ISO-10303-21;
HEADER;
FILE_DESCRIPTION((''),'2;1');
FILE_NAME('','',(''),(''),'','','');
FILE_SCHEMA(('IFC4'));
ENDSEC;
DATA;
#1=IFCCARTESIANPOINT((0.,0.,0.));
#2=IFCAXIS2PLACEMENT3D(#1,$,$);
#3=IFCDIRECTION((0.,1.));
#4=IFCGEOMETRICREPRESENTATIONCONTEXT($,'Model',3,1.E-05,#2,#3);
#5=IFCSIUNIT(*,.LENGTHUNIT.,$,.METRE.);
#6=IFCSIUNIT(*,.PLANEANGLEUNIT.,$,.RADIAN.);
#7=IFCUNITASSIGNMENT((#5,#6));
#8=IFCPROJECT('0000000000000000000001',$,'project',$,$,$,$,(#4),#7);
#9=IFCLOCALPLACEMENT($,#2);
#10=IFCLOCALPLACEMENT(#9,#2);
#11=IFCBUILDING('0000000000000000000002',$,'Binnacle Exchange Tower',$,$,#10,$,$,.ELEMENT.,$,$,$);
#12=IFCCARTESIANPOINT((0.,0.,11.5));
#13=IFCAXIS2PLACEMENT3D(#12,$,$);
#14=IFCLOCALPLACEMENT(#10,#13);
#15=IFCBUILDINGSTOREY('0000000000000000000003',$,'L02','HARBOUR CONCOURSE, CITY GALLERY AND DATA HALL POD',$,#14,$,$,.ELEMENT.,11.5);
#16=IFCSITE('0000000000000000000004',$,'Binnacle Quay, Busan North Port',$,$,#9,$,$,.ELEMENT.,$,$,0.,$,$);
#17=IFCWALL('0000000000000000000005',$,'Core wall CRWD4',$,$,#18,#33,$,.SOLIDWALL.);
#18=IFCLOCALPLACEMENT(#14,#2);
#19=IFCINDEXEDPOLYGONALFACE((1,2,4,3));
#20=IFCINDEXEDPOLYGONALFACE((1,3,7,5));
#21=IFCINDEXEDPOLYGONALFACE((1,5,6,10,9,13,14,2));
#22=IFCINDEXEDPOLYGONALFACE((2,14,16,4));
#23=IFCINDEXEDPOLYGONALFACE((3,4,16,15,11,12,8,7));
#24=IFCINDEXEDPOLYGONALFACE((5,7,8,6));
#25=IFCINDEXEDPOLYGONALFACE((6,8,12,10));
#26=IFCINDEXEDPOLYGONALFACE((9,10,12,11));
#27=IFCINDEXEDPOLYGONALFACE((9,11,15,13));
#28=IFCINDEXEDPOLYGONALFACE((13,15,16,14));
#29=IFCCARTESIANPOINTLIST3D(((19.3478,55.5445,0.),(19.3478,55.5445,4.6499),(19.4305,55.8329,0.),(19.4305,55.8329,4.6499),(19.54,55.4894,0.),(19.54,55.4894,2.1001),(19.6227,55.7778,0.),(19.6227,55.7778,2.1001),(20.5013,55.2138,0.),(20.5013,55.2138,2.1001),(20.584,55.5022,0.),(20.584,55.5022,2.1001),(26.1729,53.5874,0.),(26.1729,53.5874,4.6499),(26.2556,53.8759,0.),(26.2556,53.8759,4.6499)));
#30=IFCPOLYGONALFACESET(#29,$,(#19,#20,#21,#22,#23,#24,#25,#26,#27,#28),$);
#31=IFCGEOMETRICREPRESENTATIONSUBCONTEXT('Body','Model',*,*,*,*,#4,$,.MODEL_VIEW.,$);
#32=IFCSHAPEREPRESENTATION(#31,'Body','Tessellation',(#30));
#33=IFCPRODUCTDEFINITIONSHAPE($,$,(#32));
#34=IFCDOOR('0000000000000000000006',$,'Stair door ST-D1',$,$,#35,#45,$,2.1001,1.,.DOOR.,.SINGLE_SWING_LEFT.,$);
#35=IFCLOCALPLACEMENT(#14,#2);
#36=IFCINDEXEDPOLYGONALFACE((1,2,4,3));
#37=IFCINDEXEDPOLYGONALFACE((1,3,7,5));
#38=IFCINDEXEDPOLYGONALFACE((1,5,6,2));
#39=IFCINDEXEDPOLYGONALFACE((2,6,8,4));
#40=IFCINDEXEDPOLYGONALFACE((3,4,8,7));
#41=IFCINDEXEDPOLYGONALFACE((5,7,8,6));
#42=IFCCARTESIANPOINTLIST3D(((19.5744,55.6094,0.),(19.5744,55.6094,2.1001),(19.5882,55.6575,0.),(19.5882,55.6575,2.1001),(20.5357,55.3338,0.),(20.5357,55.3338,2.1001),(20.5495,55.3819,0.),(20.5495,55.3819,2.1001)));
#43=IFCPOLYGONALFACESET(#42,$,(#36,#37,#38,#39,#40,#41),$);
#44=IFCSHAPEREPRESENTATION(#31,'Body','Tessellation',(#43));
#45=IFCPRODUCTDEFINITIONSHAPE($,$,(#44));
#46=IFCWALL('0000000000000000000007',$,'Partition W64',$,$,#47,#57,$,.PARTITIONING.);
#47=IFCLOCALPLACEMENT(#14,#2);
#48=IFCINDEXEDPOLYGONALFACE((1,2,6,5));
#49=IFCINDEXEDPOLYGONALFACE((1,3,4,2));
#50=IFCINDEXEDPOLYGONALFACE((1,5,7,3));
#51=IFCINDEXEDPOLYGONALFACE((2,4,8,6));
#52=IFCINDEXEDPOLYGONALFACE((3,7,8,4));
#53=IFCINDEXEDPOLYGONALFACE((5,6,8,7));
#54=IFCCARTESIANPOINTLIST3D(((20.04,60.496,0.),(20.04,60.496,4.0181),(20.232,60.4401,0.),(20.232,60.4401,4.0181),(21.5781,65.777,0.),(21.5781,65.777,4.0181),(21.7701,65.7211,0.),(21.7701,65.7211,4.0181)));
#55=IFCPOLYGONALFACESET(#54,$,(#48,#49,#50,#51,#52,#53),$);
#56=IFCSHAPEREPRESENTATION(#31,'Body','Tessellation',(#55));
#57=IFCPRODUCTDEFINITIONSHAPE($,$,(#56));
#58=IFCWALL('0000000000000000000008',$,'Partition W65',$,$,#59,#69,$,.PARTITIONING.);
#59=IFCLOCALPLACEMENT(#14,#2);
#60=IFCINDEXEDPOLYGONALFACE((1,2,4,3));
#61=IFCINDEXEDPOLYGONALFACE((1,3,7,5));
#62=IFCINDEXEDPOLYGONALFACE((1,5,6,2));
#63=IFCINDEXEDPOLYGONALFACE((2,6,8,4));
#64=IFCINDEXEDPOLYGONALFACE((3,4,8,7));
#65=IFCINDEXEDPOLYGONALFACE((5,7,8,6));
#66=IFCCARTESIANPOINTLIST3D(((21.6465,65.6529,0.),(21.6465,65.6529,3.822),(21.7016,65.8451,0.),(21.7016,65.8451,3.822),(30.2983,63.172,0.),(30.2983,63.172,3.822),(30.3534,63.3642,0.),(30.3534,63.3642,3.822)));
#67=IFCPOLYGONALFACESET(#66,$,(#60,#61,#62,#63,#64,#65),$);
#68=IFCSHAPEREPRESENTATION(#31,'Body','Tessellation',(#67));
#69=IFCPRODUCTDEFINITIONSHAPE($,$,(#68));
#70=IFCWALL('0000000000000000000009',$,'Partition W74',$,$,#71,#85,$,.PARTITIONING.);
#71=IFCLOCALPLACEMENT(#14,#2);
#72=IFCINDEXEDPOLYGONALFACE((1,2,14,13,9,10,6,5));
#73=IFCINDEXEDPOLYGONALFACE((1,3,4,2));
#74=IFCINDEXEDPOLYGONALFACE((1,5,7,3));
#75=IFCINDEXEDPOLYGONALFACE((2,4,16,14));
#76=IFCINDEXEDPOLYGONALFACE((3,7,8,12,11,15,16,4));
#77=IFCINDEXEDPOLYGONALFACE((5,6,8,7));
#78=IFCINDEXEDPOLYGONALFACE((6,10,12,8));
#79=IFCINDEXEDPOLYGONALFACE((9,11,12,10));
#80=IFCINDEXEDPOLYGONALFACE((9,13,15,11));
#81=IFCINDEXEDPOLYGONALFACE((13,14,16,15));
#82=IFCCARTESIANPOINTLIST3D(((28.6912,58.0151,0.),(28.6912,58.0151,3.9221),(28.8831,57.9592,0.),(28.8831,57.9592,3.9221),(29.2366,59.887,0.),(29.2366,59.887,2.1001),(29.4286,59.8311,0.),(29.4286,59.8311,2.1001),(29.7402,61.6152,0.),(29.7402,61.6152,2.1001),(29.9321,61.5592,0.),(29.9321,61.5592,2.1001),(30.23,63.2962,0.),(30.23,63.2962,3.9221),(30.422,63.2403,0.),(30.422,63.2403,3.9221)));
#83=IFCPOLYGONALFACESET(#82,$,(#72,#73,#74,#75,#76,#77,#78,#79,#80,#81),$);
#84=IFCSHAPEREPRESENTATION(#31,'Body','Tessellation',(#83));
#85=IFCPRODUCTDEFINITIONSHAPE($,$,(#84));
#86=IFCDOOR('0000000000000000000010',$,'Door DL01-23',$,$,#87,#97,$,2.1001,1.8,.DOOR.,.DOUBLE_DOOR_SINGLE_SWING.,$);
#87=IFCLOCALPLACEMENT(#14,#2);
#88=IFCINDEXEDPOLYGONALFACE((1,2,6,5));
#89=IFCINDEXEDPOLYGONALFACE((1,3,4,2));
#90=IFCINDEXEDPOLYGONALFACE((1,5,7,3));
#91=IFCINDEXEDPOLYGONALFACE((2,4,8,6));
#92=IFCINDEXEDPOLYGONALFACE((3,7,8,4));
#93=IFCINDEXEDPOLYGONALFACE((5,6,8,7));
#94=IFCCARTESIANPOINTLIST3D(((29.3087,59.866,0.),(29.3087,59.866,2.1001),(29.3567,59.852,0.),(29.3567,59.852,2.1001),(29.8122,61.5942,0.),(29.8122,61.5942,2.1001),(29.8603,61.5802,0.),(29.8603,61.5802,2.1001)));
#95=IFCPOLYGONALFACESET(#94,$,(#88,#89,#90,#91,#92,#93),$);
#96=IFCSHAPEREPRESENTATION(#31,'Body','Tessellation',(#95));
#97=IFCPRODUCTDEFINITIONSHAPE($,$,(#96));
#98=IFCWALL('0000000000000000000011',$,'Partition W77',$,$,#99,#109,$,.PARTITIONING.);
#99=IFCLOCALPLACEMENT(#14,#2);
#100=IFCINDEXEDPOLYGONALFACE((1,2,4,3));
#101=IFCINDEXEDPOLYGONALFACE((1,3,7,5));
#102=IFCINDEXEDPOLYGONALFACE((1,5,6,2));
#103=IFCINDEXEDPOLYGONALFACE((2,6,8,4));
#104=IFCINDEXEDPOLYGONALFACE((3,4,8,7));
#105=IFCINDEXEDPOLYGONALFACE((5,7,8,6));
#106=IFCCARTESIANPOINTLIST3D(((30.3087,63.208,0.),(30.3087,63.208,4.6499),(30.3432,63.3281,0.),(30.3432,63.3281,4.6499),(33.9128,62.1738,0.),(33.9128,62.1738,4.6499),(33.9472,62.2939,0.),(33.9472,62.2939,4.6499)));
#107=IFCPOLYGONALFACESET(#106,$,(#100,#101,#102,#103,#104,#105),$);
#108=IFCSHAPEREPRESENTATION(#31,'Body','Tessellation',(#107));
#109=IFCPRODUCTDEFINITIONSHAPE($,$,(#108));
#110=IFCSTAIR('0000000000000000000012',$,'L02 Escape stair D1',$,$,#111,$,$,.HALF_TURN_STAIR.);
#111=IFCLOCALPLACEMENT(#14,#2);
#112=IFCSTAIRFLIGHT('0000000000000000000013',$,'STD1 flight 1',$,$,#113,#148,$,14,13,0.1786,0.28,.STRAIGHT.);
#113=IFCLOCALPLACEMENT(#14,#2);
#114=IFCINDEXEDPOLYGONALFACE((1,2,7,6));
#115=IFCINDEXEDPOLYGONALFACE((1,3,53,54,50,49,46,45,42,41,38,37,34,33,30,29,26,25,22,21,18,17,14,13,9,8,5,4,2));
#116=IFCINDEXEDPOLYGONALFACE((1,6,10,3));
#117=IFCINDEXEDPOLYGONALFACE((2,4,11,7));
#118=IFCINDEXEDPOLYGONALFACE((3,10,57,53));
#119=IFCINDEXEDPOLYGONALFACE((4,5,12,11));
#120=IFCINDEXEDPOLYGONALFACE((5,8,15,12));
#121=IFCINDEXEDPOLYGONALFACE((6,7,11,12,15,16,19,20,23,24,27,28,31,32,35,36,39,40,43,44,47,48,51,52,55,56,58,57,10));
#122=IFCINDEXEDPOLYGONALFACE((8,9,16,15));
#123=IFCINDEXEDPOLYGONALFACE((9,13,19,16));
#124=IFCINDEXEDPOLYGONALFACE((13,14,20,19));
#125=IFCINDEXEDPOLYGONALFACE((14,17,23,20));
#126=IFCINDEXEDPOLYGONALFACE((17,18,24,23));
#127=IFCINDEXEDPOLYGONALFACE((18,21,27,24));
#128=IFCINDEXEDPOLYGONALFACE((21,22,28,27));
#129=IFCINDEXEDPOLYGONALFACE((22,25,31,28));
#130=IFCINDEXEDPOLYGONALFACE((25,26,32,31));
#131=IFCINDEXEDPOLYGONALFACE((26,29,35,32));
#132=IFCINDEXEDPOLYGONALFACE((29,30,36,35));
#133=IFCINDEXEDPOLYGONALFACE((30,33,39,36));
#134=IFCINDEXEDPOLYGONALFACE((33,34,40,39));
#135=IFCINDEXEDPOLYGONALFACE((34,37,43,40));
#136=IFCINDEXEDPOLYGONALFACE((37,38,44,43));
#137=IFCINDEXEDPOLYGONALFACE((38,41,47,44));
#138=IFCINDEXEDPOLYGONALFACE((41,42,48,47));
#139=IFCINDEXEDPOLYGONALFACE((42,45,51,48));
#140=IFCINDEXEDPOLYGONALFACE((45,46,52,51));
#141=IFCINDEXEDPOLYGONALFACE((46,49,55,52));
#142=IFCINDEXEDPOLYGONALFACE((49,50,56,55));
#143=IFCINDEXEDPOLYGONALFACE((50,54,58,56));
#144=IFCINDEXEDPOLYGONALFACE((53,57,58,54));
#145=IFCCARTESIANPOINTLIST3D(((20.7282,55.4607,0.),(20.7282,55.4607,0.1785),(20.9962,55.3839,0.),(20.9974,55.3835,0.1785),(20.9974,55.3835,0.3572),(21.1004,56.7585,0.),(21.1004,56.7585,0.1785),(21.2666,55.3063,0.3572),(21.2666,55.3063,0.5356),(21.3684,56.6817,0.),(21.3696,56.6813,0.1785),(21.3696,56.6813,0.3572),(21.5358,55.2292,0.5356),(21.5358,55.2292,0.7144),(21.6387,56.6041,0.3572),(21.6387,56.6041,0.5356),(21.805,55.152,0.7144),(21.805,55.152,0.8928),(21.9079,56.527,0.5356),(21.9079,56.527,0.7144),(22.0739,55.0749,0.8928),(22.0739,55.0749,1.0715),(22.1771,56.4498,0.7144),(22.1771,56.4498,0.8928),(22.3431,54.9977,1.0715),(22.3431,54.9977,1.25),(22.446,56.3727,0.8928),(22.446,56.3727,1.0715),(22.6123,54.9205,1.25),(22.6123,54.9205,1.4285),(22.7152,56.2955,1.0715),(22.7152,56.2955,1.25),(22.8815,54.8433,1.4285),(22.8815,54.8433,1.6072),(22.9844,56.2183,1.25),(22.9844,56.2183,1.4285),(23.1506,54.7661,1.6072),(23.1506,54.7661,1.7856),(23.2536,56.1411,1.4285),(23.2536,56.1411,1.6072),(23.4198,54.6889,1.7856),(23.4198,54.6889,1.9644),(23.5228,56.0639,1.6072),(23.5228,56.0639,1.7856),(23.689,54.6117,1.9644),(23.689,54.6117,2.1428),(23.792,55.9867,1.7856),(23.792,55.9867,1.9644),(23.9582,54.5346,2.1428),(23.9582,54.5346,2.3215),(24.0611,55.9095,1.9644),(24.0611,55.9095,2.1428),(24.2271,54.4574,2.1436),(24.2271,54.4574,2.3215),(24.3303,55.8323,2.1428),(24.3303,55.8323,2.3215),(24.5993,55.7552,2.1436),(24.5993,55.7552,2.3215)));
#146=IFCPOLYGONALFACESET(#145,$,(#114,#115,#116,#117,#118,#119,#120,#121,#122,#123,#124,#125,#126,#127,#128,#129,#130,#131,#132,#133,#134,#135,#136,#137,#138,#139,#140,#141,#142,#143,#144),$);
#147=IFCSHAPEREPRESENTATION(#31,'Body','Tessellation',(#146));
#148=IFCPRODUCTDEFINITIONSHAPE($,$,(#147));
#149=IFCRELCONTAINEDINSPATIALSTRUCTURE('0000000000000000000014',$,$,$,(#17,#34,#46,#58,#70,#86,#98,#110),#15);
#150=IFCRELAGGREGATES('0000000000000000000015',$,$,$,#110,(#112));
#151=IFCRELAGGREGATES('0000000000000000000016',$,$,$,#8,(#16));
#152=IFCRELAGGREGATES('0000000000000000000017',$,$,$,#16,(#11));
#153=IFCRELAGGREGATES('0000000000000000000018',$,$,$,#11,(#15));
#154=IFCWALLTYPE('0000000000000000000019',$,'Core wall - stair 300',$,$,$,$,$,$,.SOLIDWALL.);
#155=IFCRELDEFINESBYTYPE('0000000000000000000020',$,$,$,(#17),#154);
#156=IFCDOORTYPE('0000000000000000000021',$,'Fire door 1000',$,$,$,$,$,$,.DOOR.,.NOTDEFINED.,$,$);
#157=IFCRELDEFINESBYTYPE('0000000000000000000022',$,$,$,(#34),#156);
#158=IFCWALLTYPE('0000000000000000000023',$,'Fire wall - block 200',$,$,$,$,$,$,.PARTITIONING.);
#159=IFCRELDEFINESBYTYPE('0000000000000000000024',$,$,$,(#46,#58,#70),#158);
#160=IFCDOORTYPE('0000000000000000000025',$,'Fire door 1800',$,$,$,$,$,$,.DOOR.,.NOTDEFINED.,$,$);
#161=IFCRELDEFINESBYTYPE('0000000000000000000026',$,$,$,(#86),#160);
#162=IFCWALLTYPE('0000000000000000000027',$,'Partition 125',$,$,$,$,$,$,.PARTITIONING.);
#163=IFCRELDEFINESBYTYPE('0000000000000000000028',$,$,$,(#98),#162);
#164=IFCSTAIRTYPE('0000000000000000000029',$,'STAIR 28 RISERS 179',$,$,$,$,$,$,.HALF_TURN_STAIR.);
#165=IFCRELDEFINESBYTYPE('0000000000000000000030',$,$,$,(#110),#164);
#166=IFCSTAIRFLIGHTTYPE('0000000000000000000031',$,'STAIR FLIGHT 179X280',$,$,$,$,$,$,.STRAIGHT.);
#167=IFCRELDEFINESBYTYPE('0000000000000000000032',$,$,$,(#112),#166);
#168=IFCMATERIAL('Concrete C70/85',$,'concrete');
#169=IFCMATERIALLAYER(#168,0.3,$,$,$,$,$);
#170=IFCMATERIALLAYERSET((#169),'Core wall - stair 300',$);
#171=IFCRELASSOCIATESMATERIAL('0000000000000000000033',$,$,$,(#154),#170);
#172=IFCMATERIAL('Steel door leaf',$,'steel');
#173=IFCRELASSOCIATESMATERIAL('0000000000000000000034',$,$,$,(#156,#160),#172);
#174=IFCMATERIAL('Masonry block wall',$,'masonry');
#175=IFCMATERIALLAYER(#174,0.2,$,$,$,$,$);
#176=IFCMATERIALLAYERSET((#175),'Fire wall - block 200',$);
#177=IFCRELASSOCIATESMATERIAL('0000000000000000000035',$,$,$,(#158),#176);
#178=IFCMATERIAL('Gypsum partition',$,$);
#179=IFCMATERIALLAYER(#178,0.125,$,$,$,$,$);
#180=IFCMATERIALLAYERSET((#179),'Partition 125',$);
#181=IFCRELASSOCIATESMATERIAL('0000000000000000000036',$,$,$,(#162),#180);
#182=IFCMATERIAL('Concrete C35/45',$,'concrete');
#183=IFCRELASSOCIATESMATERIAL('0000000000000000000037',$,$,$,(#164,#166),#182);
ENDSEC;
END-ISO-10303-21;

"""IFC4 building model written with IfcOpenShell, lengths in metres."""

from ifc_helpers import new_model, si_unit, direction, frame, frame_2d, origin, place, context, subcontext, project, spatial, polyline, rectangle, outline, extrude, material, layer, layer_set, type_object, element, fill, aggregate, save


model = new_model("IFC4")

# Units and contexts
model_context = context("Model", 3, precision=1e-05, world=origin(), true_north=direction((0.0, 1.0)))
body_context = subcontext(model_context, "Body", "Model", "MODEL_VIEW")
ifc_project = project(units=[si_unit("LENGTHUNIT", "METRE"), si_unit("PLANEANGLEUNIT", "RADIAN")], contexts=[model_context])

# Site, building, storey
site_placement = place(None, origin())
site = spatial("IfcSite", under=ifc_project, at=site_placement, Name="Binnacle Quay, Busan North Port", CompositionType="ELEMENT", RefElevation=0.0)
building_placement = place(site_placement, origin())
building = spatial("IfcBuilding", under=site, at=building_placement, Name="Binnacle Exchange Tower", CompositionType="ELEMENT")
storey_placement = place(building_placement, frame((0.0, 0.0, 11.5)))
storey = spatial("IfcBuildingStorey", under=building, at=storey_placement, Name="L02", Description="HARBOUR CONCOURSE, CITY GALLERY AND DATA HALL POD", CompositionType="ELEMENT", Elevation=11.5)

# Shared definitions
ifc_material_1 = material(Name="Concrete C70/85", Category="concrete")

# Wall, opening, door
ifc_layer_1 = layer(ifc_material_1, 0.3)
ifc_layer_set_1 = layer_set([ifc_layer_1], Name="Core wall - stair 300")
wall_type_1 = type_object("IfcWallType", Name="Core wall - stair 300", PredefinedType="SOLIDWALL", material=ifc_layer_set_1)
wall_1_placement = place(storey_placement, frame((19.3892, 55.6887, 0.0), z_axis=(0.0, 0.0, 1.0), x_axis=(0.961261, -0.275638, 0.0)))
wall_1 = element("IfcWall", 1, at=wall_1_placement, inside=storey, type_object=wall_type_1, Name="Core wall CRWD4", PredefinedType="SOLIDWALL", context=body_context, shape_type="SweptSolid", body=[
    extrude(rectangle(XDim=7.1001, YDim=0.3, at=frame_2d((3.55, 0.0))), origin(), (0.0, 0.0, 1.0), 4.6499),
])
opening_1_placement = place(wall_1_placement, frame((0.2, 0.0, 0.0)))
opening_1 = element("IfcOpeningElement", 2, at=opening_1_placement, cuts=wall_1, PredefinedType="OPENING", context=body_context, shape_type="SweptSolid", body=[
    extrude(rectangle(XDim=1.0, YDim=2.1001, at=frame_2d((0.5, 1.05))), frame((0.0, 0.1599, 0.0), z_axis=(0.0, -1.0, 0.0), x_axis=(1.0, 0.0, 0.0)), (0.0, 0.0, 1.0), 0.3201),
])
ifc_material_2 = material(Name="Steel door leaf", Category="steel")
door_type_1 = type_object("IfcDoorType", Name="Fire door 1000", OperationType="NOTDEFINED", PredefinedType="DOOR", material=ifc_material_2)
door_1_placement = place(opening_1_placement, origin())
door_1 = element("IfcDoor", 3, at=door_1_placement, inside=storey, type_object=door_type_1, Name="Stair door ST-D1", OperationType="SINGLE_SWING_LEFT", OverallHeight=2.1001, OverallWidth=1.0, PredefinedType="DOOR", context=body_context, shape_type="SweptSolid", body=[
    extrude(rectangle(XDim=1.0, YDim=2.1001, at=frame_2d((0.5, 1.05))), frame((0.0, 0.0249, 0.0), z_axis=(0.0, -1.0, 0.0), x_axis=(1.0, 0.0, 0.0)), (0.0, 0.0, 1.0), 0.05),
])
fill(opening_1, door_1)

# Walls
ifc_material_3 = material(Name="Masonry block wall", Category="masonry")
ifc_layer_2 = layer(ifc_material_3, 0.2)
ifc_layer_set_2 = layer_set([ifc_layer_2], Name="Fire wall - block 200")
wall_type_2 = type_object("IfcWallType", Name="Fire wall - block 200", PredefinedType="PARTITIONING", material=ifc_layer_set_2)
wall_2_placement = place(storey_placement, frame((20.136, 60.468, 0.0), z_axis=(0.0, 0.0, 1.0), x_axis=(0.27963, 0.960108, 0.0)))
element("IfcWall", 4, at=wall_2_placement, inside=storey, type_object=wall_type_2, Name="Partition W64", PredefinedType="PARTITIONING", context=body_context, shape_type="SweptSolid", body=[
    extrude(rectangle(XDim=5.5005, YDim=0.2, at=frame_2d((2.7502, 0.0))), origin(), (0.0, 0.0, 1.0), 4.0181),
])
wall_3_placement = place(storey_placement, frame((21.6741, 65.749, 0.0), z_axis=(0.0, 0.0, 1.0), x_axis=(0.961259, -0.275645, 0.0)))
element("IfcWall", 5, at=wall_3_placement, inside=storey, type_object=wall_type_2, Name="Partition W65", PredefinedType="PARTITIONING", context=body_context, shape_type="SweptSolid", body=[
    extrude(rectangle(XDim=9.0005, YDim=0.2, at=frame_2d((4.5002, 0.0))), origin(), (0.0, 0.0, 1.0), 3.822),
])

# Wall, opening, door
wall_4_placement = place(storey_placement, frame((28.7871, 57.9871, 0.0), z_axis=(0.0, 0.0, 1.0), x_axis=(0.279753, 0.960072, 0.0)))
wall_4 = element("IfcWall", 6, at=wall_4_placement, inside=storey, type_object=wall_type_2, Name="Partition W74", PredefinedType="PARTITIONING", context=body_context, shape_type="SweptSolid", body=[
    extrude(rectangle(XDim=5.5007, YDim=0.2, at=frame_2d((2.7505, 0.0))), origin(), (0.0, 0.0, 1.0), 3.9221),
])
opening_2_placement = place(wall_4_placement, frame((1.95, 0.0, 0.0)))
opening_2 = element("IfcOpeningElement", 7, at=opening_2_placement, cuts=wall_4, PredefinedType="OPENING", context=body_context, shape_type="SweptSolid", body=[
    extrude(rectangle(XDim=1.8, YDim=2.1001, at=frame_2d((0.8999, 1.05))), frame((0.0, 0.1099, 0.0), z_axis=(0.0, -1.0, 0.0), x_axis=(1.0, 0.0, 0.0)), (0.0, 0.0, 1.0), 0.22),
])
door_type_2 = type_object("IfcDoorType", Name="Fire door 1800", OperationType="NOTDEFINED", PredefinedType="DOOR", material=ifc_material_2)
door_2_placement = place(opening_2_placement, origin())
door_2 = element("IfcDoor", 8, at=door_2_placement, inside=storey, type_object=door_type_2, Name="Door DL01-23", OperationType="DOUBLE_DOOR_SINGLE_SWING", OverallHeight=2.1001, OverallWidth=1.8, PredefinedType="DOOR", context=body_context, shape_type="SweptSolid", body=[
    extrude(rectangle(XDim=1.8, YDim=2.1001, at=frame_2d((0.8999, 1.05))), frame((0.0, 0.0249, 0.0), z_axis=(0.0, -1.0, 0.0), x_axis=(1.0, 0.0, 0.0)), (0.0, 0.0, 1.0), 0.05),
])
fill(opening_2, door_2)

# Wall
ifc_material_4 = material(Name="Gypsum partition")
ifc_layer_3 = layer(ifc_material_4, 0.125)
ifc_layer_set_3 = layer_set([ifc_layer_3], Name="Partition 125")
wall_type_3 = type_object("IfcWallType", Name="Partition 125", PredefinedType="PARTITIONING", material=ifc_layer_set_3)
wall_5_placement = place(storey_placement, frame((30.3259, 63.2681, 0.0), z_axis=(0.0, 0.0, 1.0), x_axis=(0.961209, -0.275822, 0.0)))
element("IfcWall", 9, at=wall_5_placement, inside=storey, type_object=wall_type_3, Name="Partition W77", PredefinedType="PARTITIONING", context=body_context, shape_type="SweptSolid", body=[
    extrude(rectangle(XDim=3.7495, YDim=0.125, at=frame_2d((1.8748, 0.0))), origin(), (0.0, 0.0, 1.0), 4.6499),
])

# Stair, stair flight
ifc_material_5 = material(Name="Concrete C35/45", Category="concrete")
stair_type = type_object("IfcStairType", Name="STAIR 28 RISERS 179", PredefinedType="HALF_TURN_STAIR", material=ifc_material_5)
stair_placement = place(storey_placement, origin())
stair = element("IfcStair", 10, at=stair_placement, inside=storey, type_object=stair_type, Name="L02 Escape stair D1", PredefinedType="HALF_TURN_STAIR")
stair_flight_type = type_object("IfcStairFlightType", Name="STAIR FLIGHT 179X280", PredefinedType="STRAIGHT", material=ifc_material_5)
stair_flight_1_placement = place(storey_placement, frame((20.9143, 56.1096, 0.0), z_axis=(0.0, 0.0, 1.0), x_axis=(0.961262, -0.275637, 0.0)))
stair_flight_1 = element("IfcStairFlight", 11, at=stair_flight_1_placement, type_object=stair_flight_type, Name="STD1 flight 1", NumberOfRisers=14, NumberOfTreads=13, PredefinedType="STRAIGHT", RiserHeight=0.1786, TreadLength=0.28, context=body_context, shape_type="SweptSolid", body=[
    extrude(outline(polyline([(0.0, 0.0), (0.0, 0.1785), (0.28, 0.1785), (0.28, 0.3572), (0.5601, 0.3572), (0.5601, 0.5356), (0.8401, 0.5356), (0.8401, 0.7144), (1.1201, 0.7144), (1.1201, 0.8928), (1.3999, 0.8928), (1.3999, 1.0715), (1.6799, 1.0715), (1.6799, 1.25), (1.96, 1.25), (1.96, 1.4285), (2.24, 1.4285), (2.24, 1.6072), (2.52, 1.6072), (2.52, 1.7856), (2.8, 1.7856), (2.8, 1.9644), (3.0801, 1.9644), (3.0801, 2.1428), (3.3601, 2.1428), (3.3601, 2.3215), (3.6399, 2.3215), (3.6399, 2.5), (3.6399, 2.1436), (0.2788, 0.0), (0.0, 0.0)])), frame((0.0, 0.675, 0.0), z_axis=(0.0, -1.0, 0.0), x_axis=(1.0, 0.0, 0.0)), (0.0, 0.0, 1.0), 1.3501),
])
aggregate(stair, [stair_flight_1])

save(model, "model.ifc")
